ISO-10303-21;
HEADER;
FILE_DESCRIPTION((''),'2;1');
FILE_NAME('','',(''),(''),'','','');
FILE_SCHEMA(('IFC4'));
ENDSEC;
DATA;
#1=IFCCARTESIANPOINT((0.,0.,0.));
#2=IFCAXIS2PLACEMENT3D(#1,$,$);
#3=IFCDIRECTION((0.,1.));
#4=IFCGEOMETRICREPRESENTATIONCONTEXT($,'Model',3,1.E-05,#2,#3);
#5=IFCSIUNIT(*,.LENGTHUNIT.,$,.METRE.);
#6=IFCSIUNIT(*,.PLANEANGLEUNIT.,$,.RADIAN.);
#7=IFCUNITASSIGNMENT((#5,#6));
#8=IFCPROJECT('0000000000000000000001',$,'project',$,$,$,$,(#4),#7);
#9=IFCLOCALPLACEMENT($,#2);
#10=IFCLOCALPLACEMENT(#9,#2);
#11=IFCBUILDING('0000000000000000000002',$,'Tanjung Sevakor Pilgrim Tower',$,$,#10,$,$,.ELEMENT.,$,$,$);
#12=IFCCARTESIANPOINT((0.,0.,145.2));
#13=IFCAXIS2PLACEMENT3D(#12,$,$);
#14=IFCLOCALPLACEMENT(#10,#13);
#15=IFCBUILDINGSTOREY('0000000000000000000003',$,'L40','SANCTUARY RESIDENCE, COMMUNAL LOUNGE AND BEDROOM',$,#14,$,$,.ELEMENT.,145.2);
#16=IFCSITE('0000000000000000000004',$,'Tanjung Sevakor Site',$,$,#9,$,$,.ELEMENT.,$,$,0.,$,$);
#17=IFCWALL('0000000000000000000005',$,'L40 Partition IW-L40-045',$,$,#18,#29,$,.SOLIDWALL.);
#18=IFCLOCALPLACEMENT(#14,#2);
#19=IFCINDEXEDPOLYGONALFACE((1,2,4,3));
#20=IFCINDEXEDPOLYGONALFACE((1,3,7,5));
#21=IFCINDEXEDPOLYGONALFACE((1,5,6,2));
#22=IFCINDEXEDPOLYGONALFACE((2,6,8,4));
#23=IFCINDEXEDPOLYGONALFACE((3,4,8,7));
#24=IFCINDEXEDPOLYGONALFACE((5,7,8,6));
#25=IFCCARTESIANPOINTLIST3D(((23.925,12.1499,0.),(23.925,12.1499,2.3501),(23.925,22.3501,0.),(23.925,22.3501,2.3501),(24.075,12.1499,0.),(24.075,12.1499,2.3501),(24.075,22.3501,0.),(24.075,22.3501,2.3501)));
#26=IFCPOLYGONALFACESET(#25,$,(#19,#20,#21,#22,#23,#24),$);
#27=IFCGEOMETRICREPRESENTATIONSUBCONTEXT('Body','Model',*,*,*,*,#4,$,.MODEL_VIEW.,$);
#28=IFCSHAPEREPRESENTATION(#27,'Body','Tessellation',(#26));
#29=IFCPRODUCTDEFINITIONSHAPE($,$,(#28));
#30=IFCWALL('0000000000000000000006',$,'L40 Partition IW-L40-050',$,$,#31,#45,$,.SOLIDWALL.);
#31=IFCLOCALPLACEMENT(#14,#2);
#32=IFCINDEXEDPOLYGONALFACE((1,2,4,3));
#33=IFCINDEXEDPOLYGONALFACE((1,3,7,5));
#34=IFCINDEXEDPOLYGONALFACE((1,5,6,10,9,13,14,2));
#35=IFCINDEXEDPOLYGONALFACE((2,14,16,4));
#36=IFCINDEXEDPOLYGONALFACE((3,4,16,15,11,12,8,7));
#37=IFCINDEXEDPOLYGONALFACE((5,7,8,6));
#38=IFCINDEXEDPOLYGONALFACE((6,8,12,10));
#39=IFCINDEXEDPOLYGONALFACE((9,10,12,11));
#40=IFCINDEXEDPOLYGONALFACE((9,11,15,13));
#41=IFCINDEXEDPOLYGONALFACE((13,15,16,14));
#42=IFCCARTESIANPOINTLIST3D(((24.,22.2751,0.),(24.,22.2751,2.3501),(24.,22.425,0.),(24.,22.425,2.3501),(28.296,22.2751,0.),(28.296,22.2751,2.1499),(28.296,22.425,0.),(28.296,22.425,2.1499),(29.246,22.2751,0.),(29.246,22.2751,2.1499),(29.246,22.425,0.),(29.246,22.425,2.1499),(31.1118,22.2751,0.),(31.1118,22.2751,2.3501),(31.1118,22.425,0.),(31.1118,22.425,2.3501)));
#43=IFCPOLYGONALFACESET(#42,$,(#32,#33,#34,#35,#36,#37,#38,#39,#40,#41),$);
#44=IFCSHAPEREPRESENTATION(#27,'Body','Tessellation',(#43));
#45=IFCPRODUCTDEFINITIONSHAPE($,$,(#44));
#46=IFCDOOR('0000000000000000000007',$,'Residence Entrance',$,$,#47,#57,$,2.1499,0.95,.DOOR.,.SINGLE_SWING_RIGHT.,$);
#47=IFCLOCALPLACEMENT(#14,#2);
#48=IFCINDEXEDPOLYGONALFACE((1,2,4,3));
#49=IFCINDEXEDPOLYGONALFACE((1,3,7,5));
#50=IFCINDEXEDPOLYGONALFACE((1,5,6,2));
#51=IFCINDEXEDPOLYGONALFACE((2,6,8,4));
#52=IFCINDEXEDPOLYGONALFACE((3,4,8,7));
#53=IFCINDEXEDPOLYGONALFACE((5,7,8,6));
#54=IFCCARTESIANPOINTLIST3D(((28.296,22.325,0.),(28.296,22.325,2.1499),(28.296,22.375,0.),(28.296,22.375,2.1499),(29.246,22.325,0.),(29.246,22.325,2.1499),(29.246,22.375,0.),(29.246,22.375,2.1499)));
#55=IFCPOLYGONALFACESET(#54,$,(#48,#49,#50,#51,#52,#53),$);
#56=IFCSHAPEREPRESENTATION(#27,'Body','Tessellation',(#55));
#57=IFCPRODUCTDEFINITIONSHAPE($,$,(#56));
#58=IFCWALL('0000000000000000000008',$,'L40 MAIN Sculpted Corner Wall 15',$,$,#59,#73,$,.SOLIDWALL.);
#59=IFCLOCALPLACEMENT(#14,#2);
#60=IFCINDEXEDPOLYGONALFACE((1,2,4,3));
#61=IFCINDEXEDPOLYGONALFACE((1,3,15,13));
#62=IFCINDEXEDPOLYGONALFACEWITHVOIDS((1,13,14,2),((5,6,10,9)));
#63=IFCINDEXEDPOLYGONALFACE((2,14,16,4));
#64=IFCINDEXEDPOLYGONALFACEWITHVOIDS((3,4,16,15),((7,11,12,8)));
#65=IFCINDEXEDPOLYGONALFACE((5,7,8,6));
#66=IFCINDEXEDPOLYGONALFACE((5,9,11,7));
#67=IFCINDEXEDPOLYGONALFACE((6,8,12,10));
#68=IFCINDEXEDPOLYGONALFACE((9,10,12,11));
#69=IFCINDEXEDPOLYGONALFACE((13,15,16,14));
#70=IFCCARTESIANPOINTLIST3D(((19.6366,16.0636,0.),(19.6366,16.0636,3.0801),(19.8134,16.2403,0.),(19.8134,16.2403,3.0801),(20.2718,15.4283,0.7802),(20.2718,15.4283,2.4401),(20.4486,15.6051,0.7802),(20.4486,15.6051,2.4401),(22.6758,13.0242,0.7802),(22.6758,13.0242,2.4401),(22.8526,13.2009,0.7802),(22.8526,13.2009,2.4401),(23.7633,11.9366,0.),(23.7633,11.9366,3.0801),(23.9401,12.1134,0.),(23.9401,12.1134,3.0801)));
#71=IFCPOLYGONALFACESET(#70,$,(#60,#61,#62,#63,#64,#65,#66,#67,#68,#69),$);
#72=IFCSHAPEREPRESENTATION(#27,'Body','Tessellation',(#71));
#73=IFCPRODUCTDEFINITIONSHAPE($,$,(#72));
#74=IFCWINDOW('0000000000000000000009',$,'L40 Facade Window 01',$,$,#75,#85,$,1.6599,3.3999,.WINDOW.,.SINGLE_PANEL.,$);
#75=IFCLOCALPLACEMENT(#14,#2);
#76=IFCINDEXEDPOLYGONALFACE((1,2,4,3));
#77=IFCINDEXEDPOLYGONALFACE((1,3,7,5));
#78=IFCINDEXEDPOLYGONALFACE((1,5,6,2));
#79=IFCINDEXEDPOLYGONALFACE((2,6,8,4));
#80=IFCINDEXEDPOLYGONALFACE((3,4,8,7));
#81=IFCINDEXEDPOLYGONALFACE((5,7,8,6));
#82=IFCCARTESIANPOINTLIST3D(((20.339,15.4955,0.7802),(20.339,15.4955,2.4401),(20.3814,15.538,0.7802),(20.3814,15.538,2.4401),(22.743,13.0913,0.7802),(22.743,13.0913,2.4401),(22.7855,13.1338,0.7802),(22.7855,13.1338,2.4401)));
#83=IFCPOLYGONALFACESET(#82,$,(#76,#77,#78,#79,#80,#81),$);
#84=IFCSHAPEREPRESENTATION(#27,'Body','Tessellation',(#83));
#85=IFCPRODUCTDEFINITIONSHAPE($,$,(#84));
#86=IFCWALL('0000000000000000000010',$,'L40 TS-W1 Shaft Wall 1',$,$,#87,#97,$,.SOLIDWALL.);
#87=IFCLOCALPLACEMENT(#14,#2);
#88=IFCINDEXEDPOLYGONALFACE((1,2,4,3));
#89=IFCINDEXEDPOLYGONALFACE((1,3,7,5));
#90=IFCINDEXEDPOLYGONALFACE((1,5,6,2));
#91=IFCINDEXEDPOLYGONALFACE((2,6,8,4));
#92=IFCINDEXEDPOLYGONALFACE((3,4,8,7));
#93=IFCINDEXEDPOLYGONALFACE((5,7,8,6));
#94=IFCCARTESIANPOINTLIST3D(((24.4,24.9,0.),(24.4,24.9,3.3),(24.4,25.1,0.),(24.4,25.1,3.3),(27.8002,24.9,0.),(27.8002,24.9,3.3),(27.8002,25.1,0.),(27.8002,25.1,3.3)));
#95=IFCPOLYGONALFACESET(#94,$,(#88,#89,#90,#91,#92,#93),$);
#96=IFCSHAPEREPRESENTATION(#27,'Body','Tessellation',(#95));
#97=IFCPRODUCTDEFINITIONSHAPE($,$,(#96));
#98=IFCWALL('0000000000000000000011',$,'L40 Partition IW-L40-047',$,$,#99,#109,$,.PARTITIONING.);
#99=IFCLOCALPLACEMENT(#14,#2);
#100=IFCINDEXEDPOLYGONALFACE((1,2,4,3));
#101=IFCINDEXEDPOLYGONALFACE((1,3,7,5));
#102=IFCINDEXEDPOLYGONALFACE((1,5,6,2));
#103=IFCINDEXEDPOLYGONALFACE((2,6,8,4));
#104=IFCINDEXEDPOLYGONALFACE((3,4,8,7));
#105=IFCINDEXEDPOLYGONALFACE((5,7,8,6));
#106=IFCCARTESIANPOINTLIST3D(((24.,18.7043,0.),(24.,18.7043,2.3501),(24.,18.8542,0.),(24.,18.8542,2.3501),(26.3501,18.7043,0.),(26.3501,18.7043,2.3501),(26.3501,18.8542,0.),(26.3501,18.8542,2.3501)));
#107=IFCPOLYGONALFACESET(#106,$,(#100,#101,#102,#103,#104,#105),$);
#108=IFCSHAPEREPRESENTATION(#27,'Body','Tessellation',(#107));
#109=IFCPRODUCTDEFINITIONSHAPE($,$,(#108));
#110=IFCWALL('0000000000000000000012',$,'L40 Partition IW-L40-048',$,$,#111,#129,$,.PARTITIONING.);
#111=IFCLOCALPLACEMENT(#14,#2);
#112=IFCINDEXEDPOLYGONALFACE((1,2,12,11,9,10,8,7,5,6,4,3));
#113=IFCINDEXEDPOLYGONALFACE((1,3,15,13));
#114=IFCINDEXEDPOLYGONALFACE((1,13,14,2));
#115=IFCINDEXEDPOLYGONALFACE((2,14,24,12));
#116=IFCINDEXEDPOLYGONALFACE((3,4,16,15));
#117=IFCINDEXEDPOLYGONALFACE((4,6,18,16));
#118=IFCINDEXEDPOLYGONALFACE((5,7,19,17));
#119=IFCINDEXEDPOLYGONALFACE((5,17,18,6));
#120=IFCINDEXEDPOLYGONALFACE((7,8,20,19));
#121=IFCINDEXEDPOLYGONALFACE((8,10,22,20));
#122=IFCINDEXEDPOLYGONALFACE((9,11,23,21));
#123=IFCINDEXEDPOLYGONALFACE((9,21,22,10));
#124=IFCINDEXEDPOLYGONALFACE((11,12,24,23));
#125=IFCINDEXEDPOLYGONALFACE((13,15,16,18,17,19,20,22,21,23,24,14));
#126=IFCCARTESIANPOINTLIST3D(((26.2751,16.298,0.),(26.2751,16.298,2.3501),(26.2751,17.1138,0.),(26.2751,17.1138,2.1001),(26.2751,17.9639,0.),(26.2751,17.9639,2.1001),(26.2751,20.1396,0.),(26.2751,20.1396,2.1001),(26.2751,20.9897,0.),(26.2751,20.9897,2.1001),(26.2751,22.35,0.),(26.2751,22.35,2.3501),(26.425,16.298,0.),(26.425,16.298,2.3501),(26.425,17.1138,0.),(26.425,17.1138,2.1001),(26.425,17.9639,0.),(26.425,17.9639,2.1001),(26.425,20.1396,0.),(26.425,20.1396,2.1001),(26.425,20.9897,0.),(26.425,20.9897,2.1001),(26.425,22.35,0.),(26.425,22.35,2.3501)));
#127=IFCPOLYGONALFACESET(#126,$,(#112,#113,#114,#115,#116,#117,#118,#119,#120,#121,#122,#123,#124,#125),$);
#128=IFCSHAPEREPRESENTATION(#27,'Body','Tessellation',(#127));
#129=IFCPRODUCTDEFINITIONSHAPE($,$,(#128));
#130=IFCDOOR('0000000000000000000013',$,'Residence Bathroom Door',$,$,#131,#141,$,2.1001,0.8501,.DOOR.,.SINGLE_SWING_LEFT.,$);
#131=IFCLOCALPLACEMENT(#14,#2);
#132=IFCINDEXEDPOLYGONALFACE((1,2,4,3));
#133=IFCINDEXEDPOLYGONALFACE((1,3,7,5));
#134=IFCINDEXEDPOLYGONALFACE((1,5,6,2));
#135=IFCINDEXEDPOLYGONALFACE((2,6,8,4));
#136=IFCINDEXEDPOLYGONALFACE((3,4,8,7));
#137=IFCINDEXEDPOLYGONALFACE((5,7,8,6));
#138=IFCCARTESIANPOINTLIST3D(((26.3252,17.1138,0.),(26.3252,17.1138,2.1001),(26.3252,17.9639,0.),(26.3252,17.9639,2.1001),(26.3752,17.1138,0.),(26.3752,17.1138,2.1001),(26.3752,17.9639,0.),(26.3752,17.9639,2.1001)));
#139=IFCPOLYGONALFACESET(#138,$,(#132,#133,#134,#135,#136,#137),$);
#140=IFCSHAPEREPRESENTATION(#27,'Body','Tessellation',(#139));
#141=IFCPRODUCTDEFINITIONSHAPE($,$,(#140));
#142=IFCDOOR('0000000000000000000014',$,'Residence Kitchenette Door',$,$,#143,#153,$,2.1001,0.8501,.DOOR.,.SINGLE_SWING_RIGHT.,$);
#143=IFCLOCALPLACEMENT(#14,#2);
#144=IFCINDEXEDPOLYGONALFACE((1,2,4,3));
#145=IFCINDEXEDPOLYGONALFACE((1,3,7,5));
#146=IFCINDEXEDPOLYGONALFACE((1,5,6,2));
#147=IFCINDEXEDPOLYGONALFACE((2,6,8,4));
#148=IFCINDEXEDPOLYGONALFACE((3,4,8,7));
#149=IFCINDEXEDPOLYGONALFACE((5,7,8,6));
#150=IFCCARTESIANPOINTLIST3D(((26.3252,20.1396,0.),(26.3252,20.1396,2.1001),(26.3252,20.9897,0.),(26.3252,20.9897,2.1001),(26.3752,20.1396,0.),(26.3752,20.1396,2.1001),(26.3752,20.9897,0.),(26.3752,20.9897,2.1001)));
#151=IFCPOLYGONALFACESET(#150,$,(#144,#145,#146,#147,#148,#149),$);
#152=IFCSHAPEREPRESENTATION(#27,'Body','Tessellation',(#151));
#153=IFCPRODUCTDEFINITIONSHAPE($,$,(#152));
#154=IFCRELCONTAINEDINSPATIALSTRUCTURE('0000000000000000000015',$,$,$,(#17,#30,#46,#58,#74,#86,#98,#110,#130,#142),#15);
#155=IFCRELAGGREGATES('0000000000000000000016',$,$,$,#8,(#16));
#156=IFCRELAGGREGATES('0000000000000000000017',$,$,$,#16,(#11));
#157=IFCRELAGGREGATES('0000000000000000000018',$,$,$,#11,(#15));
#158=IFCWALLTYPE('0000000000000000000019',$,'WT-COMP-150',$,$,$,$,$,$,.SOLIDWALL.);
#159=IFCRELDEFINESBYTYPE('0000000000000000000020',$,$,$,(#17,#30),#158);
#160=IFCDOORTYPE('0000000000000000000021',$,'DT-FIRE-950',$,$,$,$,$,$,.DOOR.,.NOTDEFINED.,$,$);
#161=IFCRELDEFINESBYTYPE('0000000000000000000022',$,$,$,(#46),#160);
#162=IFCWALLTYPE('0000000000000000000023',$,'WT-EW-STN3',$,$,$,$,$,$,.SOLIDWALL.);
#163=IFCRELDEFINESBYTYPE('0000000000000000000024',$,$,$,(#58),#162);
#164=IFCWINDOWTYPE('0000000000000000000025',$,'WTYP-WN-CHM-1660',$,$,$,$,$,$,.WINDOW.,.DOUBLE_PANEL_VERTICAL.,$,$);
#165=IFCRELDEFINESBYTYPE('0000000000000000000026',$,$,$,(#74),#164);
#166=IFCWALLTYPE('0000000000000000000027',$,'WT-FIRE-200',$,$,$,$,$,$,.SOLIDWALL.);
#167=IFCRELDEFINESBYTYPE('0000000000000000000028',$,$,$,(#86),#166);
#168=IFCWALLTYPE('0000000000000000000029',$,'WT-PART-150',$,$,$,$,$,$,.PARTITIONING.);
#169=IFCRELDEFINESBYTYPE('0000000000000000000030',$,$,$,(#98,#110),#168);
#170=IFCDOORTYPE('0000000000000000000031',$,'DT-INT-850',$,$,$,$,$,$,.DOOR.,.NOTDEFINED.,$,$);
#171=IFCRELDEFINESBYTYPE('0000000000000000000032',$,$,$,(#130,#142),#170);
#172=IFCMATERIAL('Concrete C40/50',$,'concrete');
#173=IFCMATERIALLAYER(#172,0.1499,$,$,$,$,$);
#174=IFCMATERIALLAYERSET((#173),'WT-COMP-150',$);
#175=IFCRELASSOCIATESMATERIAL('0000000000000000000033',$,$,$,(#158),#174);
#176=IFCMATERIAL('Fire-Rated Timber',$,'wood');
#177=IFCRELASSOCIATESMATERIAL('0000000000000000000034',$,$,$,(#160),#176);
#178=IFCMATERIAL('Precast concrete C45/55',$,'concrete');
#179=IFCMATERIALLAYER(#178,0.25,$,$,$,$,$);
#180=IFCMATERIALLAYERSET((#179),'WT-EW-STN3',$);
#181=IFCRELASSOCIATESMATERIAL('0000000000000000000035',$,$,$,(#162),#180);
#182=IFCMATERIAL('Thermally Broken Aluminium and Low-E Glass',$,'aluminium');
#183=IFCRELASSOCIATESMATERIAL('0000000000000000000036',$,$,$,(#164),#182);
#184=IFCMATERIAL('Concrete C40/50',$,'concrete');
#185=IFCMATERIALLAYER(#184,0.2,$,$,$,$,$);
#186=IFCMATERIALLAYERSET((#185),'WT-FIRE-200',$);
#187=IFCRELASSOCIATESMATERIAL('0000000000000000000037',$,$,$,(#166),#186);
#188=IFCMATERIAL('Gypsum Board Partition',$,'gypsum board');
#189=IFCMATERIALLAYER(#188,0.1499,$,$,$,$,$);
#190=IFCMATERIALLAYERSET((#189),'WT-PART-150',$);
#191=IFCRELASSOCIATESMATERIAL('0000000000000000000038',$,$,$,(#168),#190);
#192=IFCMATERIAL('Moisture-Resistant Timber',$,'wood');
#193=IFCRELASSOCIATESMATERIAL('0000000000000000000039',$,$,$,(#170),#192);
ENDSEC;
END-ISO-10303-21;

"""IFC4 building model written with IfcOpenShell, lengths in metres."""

from ifc_helpers import new_model, si_unit, direction, frame, frame_2d, origin, place, context, subcontext, project, spatial, rectangle, extrude, material, layer, layer_set, type_object, element, fill, save


model = new_model("IFC4")

# Units and contexts
model_context = context("Model", 3, precision=1e-05, world=origin(), true_north=direction((0.0, 1.0)))
body_context = subcontext(model_context, "Body", "Model", "MODEL_VIEW")
ifc_project = project(units=[si_unit("LENGTHUNIT", "METRE"), si_unit("PLANEANGLEUNIT", "RADIAN")], contexts=[model_context])

# Site, building, storey
site_placement = place(None, origin())
site = spatial("IfcSite", under=ifc_project, at=site_placement, Name="Tanjung Sevakor Site", CompositionType="ELEMENT", RefElevation=0.0)
building_placement = place(site_placement, origin())
building = spatial("IfcBuilding", under=site, at=building_placement, Name="Tanjung Sevakor Pilgrim Tower", CompositionType="ELEMENT")
storey_placement = place(building_placement, frame((0.0, 0.0, 145.2)))
storey = spatial("IfcBuildingStorey", under=building, at=storey_placement, Name="L40", Description="SANCTUARY RESIDENCE, COMMUNAL LOUNGE AND BEDROOM", CompositionType="ELEMENT", Elevation=145.2)

# Wall
ifc_material_1 = material(Name="Concrete C40/50", Category="concrete")
ifc_layer_1 = layer(ifc_material_1, 0.1499)
ifc_layer_set_1 = layer_set([ifc_layer_1], Name="WT-COMP-150")
wall_type_1 = type_object("IfcWallType", Name="WT-COMP-150", PredefinedType="SOLIDWALL", material=ifc_layer_set_1)
wall_1_placement = place(storey_placement, frame((24.0, 12.1499, 0.0), z_axis=(0.0, 0.0, 1.0), x_axis=(0.0, 1.0, 0.0)))
element("IfcWall", 1, at=wall_1_placement, inside=storey, type_object=wall_type_1, Name="L40 Partition IW-L40-045", PredefinedType="SOLIDWALL", context=body_context, shape_type="SweptSolid", body=[
    extrude(rectangle(XDim=10.2002, YDim=0.1499, at=frame_2d((5.1001, 0.0))), origin(), (0.0, 0.0, 1.0), 2.3501),
])

# Wall, opening, door
wall_2_placement = place(storey_placement, frame((24.0, 22.3501, 0.0), z_axis=(0.0, 0.0, 1.0), x_axis=(1.0, 0.0, 0.0)))
wall_2 = element("IfcWall", 2, at=wall_2_placement, inside=storey, type_object=wall_type_1, Name="L40 Partition IW-L40-050", PredefinedType="SOLIDWALL", context=body_context, shape_type="SweptSolid", body=[
    extrude(rectangle(XDim=7.1118, YDim=0.1499, at=frame_2d((3.5559, 0.0))), origin(), (0.0, 0.0, 1.0), 2.3501),
])
opening_1_placement = place(wall_2_placement, frame((4.2959, 0.0, 0.0)))
opening_1 = element("IfcOpeningElement", 3, at=opening_1_placement, cuts=wall_2, PredefinedType="OPENING", context=body_context, shape_type="SweptSolid", body=[
    extrude(rectangle(XDim=0.95, YDim=2.1499, at=frame_2d((0.4751, 1.075))), frame((0.0, 0.085, 0.0), z_axis=(0.0, -1.0, 0.0), x_axis=(1.0, 0.0, 0.0)), (0.0, 0.0, 1.0), 0.1699),
])
ifc_material_2 = material(Name="Fire-Rated Timber", Category="wood")
door_type_1 = type_object("IfcDoorType", Name="DT-FIRE-950", OperationType="NOTDEFINED", PredefinedType="DOOR", material=ifc_material_2)
door_1_placement = place(opening_1_placement, origin())
door_1 = element("IfcDoor", 4, at=door_1_placement, inside=storey, type_object=door_type_1, Name="Residence Entrance", OperationType="SINGLE_SWING_RIGHT", OverallHeight=2.1499, OverallWidth=0.95, PredefinedType="DOOR", context=body_context, shape_type="SweptSolid", body=[
    extrude(rectangle(XDim=0.95, YDim=2.1499, at=frame_2d((0.4751, 1.075))), frame((0.0, 0.0249, 0.0), z_axis=(0.0, -1.0, 0.0), x_axis=(1.0, 0.0, 0.0)), (0.0, 0.0, 1.0), 0.05),
])
fill(opening_1, door_1)

# Wall, opening, window
ifc_material_3 = material(Name="Precast concrete C45/55", Category="concrete")
ifc_layer_2 = layer(ifc_material_3, 0.25)
ifc_layer_set_2 = layer_set([ifc_layer_2], Name="WT-EW-STN3")
wall_type_2 = type_object("IfcWallType", Name="WT-EW-STN3", PredefinedType="SOLIDWALL", material=ifc_layer_set_2)
wall_3_placement = place(storey_placement, frame((19.7251, 16.1519, 0.0), z_axis=(0.0, 0.0, 1.0), x_axis=(0.707086, -0.707128, 0.0)))
wall_3 = element("IfcWall", 5, at=wall_3_placement, inside=storey, type_object=wall_type_2, Name="L40 MAIN Sculpted Corner Wall 15", PredefinedType="SOLIDWALL", context=body_context, shape_type="SweptSolid", body=[
    extrude(rectangle(XDim=5.8362, YDim=0.25, at=frame_2d((2.918, 0.0))), origin(), (0.0, 0.0, 1.0), 3.0801),
])
opening_2_placement = place(wall_3_placement, frame((0.8982, 0.0, 0.78)))
opening_2 = element("IfcOpeningElement", 6, at=opening_2_placement, cuts=wall_3, PredefinedType="OPENING", context=body_context, shape_type="SweptSolid", body=[
    extrude(rectangle(XDim=3.3999, YDim=1.6599, at=frame_2d((1.7, 0.8301))), frame((0.0, 0.135, 0.0), z_axis=(0.0, -1.0, 0.0), x_axis=(1.0, 0.0, 0.0)), (0.0, 0.0, 1.0), 0.27),
])
ifc_material_4 = material(Name="Thermally Broken Aluminium and Low-E Glass", Category="aluminium")
window_type = type_object("IfcWindowType", Name="WTYP-WN-CHM-1660", PartitioningType="DOUBLE_PANEL_VERTICAL", PredefinedType="WINDOW", material=ifc_material_4)
window_placement = place(opening_2_placement, origin())
window = element("IfcWindow", 7, at=window_placement, inside=storey, type_object=window_type, Name="L40 Facade Window 01", OverallHeight=1.6599, OverallWidth=3.3999, PartitioningType="SINGLE_PANEL", PredefinedType="WINDOW", context=body_context, shape_type="SweptSolid", body=[
    extrude(rectangle(XDim=3.3999, YDim=1.6599, at=frame_2d((1.7, 0.8301))), frame((0.0, 0.03, 0.0), z_axis=(0.0, -1.0, 0.0), x_axis=(1.0, 0.0, 0.0)), (0.0, 0.0, 1.0), 0.0601),
])
fill(opening_2, window)

# Walls
ifc_material_5 = material(Name="Concrete C40/50", Category="concrete")
ifc_layer_3 = layer(ifc_material_5, 0.2)
ifc_layer_set_3 = layer_set([ifc_layer_3], Name="WT-FIRE-200")
wall_type_3 = type_object("IfcWallType", Name="WT-FIRE-200", PredefinedType="SOLIDWALL", material=ifc_layer_set_3)
wall_4_placement = place(storey_placement, frame((24.3999, 25.0, 0.0), z_axis=(0.0, 0.0, 1.0), x_axis=(1.0, 0.0, 0.0)))
element("IfcWall", 8, at=wall_4_placement, inside=storey, type_object=wall_type_3, Name="L40 TS-W1 Shaft Wall 1", PredefinedType="SOLIDWALL", context=body_context, shape_type="SweptSolid", body=[
    extrude(rectangle(XDim=3.4001, YDim=0.2, at=frame_2d((1.7002, 0.0))), origin(), (0.0, 0.0, 1.0), 3.3),
])
ifc_material_6 = material(Name="Gypsum Board Partition", Category="gypsum board")
ifc_layer_4 = layer(ifc_material_6, 0.1499)
ifc_layer_set_4 = layer_set([ifc_layer_4], Name="WT-PART-150")
wall_type_4 = type_object("IfcWallType", Name="WT-PART-150", PredefinedType="PARTITIONING", material=ifc_layer_set_4)
wall_5_placement = place(storey_placement, frame((24.0, 18.7793, 0.0), z_axis=(0.0, 0.0, 1.0), x_axis=(1.0, 0.0, 0.0)))
element("IfcWall", 9, at=wall_5_placement, inside=storey, type_object=wall_type_4, Name="L40 Partition IW-L40-047", PredefinedType="PARTITIONING", context=body_context, shape_type="SweptSolid", body=[
    extrude(rectangle(XDim=2.3501, YDim=0.1499, at=frame_2d((1.175, 0.0))), origin(), (0.0, 0.0, 1.0), 2.3501),
])

# Wall, openings, doors
wall_6_placement = place(storey_placement, frame((26.3501, 16.2981, 0.0), z_axis=(0.0, 0.0, 1.0), x_axis=(0.0, 1.0, 0.0)))
wall_6 = element("IfcWall", 10, at=wall_6_placement, inside=storey, type_object=wall_type_4, Name="L40 Partition IW-L40-048", PredefinedType="PARTITIONING", context=body_context, shape_type="SweptSolid", body=[
    extrude(rectangle(XDim=6.052, YDim=0.1499, at=frame_2d((3.0259, 0.0))), origin(), (0.0, 0.0, 1.0), 2.3501),
])
opening_3_placement = place(wall_6_placement, frame((0.8157, 0.0, 0.0)))
opening_3 = element("IfcOpeningElement", 11, at=opening_3_placement, cuts=wall_6, PredefinedType="OPENING", context=body_context, shape_type="SweptSolid", body=[
    extrude(rectangle(XDim=0.8501, YDim=2.1001, at=frame_2d((0.425, 1.05))), frame((0.0, 0.085, 0.0), z_axis=(0.0, -1.0, 0.0), x_axis=(1.0, 0.0, 0.0)), (0.0, 0.0, 1.0), 0.1699),
])
opening_4_placement = place(wall_6_placement, frame((3.8416, 0.0, 0.0)))
opening_4 = element("IfcOpeningElement", 12, at=opening_4_placement, cuts=wall_6, PredefinedType="OPENING", context=body_context, shape_type="SweptSolid", body=[
    extrude(rectangle(XDim=0.8501, YDim=2.1001, at=frame_2d((0.425, 1.05))), frame((0.0, 0.085, 0.0), z_axis=(0.0, -1.0, 0.0), x_axis=(1.0, 0.0, 0.0)), (0.0, 0.0, 1.0), 0.1699),
])
ifc_material_7 = material(Name="Moisture-Resistant Timber", Category="wood")
door_type_2 = type_object("IfcDoorType", Name="DT-INT-850", OperationType="NOTDEFINED", PredefinedType="DOOR", material=ifc_material_7)
door_2_placement = place(opening_3_placement, origin())
door_2 = element("IfcDoor", 13, at=door_2_placement, inside=storey, type_object=door_type_2, Name="Residence Bathroom Door", OperationType="SINGLE_SWING_LEFT", OverallHeight=2.1001, OverallWidth=0.8501, PredefinedType="DOOR", context=body_context, shape_type="SweptSolid", body=[
    extrude(rectangle(XDim=0.8501, YDim=2.1001, at=frame_2d((0.425, 1.05))), frame((0.0, 0.0249, 0.0), z_axis=(0.0, -1.0, 0.0), x_axis=(1.0, 0.0, 0.0)), (0.0, 0.0, 1.0), 0.05),
])
fill(opening_3, door_2)
door_3_placement = place(opening_4_placement, origin())
door_3 = element("IfcDoor", 14, at=door_3_placement, inside=storey, type_object=door_type_2, Name="Residence Kitchenette Door", OperationType="SINGLE_SWING_RIGHT", OverallHeight=2.1001, OverallWidth=0.8501, PredefinedType="DOOR", context=body_context, shape_type="SweptSolid", body=[
    extrude(rectangle(XDim=0.8501, YDim=2.1001, at=frame_2d((0.425, 1.05))), frame((0.0, 0.0249, 0.0), z_axis=(0.0, -1.0, 0.0), x_axis=(1.0, 0.0, 0.0)), (0.0, 0.0, 1.0), 0.05),
])
fill(opening_4, door_3)

save(model, "model.ifc")
